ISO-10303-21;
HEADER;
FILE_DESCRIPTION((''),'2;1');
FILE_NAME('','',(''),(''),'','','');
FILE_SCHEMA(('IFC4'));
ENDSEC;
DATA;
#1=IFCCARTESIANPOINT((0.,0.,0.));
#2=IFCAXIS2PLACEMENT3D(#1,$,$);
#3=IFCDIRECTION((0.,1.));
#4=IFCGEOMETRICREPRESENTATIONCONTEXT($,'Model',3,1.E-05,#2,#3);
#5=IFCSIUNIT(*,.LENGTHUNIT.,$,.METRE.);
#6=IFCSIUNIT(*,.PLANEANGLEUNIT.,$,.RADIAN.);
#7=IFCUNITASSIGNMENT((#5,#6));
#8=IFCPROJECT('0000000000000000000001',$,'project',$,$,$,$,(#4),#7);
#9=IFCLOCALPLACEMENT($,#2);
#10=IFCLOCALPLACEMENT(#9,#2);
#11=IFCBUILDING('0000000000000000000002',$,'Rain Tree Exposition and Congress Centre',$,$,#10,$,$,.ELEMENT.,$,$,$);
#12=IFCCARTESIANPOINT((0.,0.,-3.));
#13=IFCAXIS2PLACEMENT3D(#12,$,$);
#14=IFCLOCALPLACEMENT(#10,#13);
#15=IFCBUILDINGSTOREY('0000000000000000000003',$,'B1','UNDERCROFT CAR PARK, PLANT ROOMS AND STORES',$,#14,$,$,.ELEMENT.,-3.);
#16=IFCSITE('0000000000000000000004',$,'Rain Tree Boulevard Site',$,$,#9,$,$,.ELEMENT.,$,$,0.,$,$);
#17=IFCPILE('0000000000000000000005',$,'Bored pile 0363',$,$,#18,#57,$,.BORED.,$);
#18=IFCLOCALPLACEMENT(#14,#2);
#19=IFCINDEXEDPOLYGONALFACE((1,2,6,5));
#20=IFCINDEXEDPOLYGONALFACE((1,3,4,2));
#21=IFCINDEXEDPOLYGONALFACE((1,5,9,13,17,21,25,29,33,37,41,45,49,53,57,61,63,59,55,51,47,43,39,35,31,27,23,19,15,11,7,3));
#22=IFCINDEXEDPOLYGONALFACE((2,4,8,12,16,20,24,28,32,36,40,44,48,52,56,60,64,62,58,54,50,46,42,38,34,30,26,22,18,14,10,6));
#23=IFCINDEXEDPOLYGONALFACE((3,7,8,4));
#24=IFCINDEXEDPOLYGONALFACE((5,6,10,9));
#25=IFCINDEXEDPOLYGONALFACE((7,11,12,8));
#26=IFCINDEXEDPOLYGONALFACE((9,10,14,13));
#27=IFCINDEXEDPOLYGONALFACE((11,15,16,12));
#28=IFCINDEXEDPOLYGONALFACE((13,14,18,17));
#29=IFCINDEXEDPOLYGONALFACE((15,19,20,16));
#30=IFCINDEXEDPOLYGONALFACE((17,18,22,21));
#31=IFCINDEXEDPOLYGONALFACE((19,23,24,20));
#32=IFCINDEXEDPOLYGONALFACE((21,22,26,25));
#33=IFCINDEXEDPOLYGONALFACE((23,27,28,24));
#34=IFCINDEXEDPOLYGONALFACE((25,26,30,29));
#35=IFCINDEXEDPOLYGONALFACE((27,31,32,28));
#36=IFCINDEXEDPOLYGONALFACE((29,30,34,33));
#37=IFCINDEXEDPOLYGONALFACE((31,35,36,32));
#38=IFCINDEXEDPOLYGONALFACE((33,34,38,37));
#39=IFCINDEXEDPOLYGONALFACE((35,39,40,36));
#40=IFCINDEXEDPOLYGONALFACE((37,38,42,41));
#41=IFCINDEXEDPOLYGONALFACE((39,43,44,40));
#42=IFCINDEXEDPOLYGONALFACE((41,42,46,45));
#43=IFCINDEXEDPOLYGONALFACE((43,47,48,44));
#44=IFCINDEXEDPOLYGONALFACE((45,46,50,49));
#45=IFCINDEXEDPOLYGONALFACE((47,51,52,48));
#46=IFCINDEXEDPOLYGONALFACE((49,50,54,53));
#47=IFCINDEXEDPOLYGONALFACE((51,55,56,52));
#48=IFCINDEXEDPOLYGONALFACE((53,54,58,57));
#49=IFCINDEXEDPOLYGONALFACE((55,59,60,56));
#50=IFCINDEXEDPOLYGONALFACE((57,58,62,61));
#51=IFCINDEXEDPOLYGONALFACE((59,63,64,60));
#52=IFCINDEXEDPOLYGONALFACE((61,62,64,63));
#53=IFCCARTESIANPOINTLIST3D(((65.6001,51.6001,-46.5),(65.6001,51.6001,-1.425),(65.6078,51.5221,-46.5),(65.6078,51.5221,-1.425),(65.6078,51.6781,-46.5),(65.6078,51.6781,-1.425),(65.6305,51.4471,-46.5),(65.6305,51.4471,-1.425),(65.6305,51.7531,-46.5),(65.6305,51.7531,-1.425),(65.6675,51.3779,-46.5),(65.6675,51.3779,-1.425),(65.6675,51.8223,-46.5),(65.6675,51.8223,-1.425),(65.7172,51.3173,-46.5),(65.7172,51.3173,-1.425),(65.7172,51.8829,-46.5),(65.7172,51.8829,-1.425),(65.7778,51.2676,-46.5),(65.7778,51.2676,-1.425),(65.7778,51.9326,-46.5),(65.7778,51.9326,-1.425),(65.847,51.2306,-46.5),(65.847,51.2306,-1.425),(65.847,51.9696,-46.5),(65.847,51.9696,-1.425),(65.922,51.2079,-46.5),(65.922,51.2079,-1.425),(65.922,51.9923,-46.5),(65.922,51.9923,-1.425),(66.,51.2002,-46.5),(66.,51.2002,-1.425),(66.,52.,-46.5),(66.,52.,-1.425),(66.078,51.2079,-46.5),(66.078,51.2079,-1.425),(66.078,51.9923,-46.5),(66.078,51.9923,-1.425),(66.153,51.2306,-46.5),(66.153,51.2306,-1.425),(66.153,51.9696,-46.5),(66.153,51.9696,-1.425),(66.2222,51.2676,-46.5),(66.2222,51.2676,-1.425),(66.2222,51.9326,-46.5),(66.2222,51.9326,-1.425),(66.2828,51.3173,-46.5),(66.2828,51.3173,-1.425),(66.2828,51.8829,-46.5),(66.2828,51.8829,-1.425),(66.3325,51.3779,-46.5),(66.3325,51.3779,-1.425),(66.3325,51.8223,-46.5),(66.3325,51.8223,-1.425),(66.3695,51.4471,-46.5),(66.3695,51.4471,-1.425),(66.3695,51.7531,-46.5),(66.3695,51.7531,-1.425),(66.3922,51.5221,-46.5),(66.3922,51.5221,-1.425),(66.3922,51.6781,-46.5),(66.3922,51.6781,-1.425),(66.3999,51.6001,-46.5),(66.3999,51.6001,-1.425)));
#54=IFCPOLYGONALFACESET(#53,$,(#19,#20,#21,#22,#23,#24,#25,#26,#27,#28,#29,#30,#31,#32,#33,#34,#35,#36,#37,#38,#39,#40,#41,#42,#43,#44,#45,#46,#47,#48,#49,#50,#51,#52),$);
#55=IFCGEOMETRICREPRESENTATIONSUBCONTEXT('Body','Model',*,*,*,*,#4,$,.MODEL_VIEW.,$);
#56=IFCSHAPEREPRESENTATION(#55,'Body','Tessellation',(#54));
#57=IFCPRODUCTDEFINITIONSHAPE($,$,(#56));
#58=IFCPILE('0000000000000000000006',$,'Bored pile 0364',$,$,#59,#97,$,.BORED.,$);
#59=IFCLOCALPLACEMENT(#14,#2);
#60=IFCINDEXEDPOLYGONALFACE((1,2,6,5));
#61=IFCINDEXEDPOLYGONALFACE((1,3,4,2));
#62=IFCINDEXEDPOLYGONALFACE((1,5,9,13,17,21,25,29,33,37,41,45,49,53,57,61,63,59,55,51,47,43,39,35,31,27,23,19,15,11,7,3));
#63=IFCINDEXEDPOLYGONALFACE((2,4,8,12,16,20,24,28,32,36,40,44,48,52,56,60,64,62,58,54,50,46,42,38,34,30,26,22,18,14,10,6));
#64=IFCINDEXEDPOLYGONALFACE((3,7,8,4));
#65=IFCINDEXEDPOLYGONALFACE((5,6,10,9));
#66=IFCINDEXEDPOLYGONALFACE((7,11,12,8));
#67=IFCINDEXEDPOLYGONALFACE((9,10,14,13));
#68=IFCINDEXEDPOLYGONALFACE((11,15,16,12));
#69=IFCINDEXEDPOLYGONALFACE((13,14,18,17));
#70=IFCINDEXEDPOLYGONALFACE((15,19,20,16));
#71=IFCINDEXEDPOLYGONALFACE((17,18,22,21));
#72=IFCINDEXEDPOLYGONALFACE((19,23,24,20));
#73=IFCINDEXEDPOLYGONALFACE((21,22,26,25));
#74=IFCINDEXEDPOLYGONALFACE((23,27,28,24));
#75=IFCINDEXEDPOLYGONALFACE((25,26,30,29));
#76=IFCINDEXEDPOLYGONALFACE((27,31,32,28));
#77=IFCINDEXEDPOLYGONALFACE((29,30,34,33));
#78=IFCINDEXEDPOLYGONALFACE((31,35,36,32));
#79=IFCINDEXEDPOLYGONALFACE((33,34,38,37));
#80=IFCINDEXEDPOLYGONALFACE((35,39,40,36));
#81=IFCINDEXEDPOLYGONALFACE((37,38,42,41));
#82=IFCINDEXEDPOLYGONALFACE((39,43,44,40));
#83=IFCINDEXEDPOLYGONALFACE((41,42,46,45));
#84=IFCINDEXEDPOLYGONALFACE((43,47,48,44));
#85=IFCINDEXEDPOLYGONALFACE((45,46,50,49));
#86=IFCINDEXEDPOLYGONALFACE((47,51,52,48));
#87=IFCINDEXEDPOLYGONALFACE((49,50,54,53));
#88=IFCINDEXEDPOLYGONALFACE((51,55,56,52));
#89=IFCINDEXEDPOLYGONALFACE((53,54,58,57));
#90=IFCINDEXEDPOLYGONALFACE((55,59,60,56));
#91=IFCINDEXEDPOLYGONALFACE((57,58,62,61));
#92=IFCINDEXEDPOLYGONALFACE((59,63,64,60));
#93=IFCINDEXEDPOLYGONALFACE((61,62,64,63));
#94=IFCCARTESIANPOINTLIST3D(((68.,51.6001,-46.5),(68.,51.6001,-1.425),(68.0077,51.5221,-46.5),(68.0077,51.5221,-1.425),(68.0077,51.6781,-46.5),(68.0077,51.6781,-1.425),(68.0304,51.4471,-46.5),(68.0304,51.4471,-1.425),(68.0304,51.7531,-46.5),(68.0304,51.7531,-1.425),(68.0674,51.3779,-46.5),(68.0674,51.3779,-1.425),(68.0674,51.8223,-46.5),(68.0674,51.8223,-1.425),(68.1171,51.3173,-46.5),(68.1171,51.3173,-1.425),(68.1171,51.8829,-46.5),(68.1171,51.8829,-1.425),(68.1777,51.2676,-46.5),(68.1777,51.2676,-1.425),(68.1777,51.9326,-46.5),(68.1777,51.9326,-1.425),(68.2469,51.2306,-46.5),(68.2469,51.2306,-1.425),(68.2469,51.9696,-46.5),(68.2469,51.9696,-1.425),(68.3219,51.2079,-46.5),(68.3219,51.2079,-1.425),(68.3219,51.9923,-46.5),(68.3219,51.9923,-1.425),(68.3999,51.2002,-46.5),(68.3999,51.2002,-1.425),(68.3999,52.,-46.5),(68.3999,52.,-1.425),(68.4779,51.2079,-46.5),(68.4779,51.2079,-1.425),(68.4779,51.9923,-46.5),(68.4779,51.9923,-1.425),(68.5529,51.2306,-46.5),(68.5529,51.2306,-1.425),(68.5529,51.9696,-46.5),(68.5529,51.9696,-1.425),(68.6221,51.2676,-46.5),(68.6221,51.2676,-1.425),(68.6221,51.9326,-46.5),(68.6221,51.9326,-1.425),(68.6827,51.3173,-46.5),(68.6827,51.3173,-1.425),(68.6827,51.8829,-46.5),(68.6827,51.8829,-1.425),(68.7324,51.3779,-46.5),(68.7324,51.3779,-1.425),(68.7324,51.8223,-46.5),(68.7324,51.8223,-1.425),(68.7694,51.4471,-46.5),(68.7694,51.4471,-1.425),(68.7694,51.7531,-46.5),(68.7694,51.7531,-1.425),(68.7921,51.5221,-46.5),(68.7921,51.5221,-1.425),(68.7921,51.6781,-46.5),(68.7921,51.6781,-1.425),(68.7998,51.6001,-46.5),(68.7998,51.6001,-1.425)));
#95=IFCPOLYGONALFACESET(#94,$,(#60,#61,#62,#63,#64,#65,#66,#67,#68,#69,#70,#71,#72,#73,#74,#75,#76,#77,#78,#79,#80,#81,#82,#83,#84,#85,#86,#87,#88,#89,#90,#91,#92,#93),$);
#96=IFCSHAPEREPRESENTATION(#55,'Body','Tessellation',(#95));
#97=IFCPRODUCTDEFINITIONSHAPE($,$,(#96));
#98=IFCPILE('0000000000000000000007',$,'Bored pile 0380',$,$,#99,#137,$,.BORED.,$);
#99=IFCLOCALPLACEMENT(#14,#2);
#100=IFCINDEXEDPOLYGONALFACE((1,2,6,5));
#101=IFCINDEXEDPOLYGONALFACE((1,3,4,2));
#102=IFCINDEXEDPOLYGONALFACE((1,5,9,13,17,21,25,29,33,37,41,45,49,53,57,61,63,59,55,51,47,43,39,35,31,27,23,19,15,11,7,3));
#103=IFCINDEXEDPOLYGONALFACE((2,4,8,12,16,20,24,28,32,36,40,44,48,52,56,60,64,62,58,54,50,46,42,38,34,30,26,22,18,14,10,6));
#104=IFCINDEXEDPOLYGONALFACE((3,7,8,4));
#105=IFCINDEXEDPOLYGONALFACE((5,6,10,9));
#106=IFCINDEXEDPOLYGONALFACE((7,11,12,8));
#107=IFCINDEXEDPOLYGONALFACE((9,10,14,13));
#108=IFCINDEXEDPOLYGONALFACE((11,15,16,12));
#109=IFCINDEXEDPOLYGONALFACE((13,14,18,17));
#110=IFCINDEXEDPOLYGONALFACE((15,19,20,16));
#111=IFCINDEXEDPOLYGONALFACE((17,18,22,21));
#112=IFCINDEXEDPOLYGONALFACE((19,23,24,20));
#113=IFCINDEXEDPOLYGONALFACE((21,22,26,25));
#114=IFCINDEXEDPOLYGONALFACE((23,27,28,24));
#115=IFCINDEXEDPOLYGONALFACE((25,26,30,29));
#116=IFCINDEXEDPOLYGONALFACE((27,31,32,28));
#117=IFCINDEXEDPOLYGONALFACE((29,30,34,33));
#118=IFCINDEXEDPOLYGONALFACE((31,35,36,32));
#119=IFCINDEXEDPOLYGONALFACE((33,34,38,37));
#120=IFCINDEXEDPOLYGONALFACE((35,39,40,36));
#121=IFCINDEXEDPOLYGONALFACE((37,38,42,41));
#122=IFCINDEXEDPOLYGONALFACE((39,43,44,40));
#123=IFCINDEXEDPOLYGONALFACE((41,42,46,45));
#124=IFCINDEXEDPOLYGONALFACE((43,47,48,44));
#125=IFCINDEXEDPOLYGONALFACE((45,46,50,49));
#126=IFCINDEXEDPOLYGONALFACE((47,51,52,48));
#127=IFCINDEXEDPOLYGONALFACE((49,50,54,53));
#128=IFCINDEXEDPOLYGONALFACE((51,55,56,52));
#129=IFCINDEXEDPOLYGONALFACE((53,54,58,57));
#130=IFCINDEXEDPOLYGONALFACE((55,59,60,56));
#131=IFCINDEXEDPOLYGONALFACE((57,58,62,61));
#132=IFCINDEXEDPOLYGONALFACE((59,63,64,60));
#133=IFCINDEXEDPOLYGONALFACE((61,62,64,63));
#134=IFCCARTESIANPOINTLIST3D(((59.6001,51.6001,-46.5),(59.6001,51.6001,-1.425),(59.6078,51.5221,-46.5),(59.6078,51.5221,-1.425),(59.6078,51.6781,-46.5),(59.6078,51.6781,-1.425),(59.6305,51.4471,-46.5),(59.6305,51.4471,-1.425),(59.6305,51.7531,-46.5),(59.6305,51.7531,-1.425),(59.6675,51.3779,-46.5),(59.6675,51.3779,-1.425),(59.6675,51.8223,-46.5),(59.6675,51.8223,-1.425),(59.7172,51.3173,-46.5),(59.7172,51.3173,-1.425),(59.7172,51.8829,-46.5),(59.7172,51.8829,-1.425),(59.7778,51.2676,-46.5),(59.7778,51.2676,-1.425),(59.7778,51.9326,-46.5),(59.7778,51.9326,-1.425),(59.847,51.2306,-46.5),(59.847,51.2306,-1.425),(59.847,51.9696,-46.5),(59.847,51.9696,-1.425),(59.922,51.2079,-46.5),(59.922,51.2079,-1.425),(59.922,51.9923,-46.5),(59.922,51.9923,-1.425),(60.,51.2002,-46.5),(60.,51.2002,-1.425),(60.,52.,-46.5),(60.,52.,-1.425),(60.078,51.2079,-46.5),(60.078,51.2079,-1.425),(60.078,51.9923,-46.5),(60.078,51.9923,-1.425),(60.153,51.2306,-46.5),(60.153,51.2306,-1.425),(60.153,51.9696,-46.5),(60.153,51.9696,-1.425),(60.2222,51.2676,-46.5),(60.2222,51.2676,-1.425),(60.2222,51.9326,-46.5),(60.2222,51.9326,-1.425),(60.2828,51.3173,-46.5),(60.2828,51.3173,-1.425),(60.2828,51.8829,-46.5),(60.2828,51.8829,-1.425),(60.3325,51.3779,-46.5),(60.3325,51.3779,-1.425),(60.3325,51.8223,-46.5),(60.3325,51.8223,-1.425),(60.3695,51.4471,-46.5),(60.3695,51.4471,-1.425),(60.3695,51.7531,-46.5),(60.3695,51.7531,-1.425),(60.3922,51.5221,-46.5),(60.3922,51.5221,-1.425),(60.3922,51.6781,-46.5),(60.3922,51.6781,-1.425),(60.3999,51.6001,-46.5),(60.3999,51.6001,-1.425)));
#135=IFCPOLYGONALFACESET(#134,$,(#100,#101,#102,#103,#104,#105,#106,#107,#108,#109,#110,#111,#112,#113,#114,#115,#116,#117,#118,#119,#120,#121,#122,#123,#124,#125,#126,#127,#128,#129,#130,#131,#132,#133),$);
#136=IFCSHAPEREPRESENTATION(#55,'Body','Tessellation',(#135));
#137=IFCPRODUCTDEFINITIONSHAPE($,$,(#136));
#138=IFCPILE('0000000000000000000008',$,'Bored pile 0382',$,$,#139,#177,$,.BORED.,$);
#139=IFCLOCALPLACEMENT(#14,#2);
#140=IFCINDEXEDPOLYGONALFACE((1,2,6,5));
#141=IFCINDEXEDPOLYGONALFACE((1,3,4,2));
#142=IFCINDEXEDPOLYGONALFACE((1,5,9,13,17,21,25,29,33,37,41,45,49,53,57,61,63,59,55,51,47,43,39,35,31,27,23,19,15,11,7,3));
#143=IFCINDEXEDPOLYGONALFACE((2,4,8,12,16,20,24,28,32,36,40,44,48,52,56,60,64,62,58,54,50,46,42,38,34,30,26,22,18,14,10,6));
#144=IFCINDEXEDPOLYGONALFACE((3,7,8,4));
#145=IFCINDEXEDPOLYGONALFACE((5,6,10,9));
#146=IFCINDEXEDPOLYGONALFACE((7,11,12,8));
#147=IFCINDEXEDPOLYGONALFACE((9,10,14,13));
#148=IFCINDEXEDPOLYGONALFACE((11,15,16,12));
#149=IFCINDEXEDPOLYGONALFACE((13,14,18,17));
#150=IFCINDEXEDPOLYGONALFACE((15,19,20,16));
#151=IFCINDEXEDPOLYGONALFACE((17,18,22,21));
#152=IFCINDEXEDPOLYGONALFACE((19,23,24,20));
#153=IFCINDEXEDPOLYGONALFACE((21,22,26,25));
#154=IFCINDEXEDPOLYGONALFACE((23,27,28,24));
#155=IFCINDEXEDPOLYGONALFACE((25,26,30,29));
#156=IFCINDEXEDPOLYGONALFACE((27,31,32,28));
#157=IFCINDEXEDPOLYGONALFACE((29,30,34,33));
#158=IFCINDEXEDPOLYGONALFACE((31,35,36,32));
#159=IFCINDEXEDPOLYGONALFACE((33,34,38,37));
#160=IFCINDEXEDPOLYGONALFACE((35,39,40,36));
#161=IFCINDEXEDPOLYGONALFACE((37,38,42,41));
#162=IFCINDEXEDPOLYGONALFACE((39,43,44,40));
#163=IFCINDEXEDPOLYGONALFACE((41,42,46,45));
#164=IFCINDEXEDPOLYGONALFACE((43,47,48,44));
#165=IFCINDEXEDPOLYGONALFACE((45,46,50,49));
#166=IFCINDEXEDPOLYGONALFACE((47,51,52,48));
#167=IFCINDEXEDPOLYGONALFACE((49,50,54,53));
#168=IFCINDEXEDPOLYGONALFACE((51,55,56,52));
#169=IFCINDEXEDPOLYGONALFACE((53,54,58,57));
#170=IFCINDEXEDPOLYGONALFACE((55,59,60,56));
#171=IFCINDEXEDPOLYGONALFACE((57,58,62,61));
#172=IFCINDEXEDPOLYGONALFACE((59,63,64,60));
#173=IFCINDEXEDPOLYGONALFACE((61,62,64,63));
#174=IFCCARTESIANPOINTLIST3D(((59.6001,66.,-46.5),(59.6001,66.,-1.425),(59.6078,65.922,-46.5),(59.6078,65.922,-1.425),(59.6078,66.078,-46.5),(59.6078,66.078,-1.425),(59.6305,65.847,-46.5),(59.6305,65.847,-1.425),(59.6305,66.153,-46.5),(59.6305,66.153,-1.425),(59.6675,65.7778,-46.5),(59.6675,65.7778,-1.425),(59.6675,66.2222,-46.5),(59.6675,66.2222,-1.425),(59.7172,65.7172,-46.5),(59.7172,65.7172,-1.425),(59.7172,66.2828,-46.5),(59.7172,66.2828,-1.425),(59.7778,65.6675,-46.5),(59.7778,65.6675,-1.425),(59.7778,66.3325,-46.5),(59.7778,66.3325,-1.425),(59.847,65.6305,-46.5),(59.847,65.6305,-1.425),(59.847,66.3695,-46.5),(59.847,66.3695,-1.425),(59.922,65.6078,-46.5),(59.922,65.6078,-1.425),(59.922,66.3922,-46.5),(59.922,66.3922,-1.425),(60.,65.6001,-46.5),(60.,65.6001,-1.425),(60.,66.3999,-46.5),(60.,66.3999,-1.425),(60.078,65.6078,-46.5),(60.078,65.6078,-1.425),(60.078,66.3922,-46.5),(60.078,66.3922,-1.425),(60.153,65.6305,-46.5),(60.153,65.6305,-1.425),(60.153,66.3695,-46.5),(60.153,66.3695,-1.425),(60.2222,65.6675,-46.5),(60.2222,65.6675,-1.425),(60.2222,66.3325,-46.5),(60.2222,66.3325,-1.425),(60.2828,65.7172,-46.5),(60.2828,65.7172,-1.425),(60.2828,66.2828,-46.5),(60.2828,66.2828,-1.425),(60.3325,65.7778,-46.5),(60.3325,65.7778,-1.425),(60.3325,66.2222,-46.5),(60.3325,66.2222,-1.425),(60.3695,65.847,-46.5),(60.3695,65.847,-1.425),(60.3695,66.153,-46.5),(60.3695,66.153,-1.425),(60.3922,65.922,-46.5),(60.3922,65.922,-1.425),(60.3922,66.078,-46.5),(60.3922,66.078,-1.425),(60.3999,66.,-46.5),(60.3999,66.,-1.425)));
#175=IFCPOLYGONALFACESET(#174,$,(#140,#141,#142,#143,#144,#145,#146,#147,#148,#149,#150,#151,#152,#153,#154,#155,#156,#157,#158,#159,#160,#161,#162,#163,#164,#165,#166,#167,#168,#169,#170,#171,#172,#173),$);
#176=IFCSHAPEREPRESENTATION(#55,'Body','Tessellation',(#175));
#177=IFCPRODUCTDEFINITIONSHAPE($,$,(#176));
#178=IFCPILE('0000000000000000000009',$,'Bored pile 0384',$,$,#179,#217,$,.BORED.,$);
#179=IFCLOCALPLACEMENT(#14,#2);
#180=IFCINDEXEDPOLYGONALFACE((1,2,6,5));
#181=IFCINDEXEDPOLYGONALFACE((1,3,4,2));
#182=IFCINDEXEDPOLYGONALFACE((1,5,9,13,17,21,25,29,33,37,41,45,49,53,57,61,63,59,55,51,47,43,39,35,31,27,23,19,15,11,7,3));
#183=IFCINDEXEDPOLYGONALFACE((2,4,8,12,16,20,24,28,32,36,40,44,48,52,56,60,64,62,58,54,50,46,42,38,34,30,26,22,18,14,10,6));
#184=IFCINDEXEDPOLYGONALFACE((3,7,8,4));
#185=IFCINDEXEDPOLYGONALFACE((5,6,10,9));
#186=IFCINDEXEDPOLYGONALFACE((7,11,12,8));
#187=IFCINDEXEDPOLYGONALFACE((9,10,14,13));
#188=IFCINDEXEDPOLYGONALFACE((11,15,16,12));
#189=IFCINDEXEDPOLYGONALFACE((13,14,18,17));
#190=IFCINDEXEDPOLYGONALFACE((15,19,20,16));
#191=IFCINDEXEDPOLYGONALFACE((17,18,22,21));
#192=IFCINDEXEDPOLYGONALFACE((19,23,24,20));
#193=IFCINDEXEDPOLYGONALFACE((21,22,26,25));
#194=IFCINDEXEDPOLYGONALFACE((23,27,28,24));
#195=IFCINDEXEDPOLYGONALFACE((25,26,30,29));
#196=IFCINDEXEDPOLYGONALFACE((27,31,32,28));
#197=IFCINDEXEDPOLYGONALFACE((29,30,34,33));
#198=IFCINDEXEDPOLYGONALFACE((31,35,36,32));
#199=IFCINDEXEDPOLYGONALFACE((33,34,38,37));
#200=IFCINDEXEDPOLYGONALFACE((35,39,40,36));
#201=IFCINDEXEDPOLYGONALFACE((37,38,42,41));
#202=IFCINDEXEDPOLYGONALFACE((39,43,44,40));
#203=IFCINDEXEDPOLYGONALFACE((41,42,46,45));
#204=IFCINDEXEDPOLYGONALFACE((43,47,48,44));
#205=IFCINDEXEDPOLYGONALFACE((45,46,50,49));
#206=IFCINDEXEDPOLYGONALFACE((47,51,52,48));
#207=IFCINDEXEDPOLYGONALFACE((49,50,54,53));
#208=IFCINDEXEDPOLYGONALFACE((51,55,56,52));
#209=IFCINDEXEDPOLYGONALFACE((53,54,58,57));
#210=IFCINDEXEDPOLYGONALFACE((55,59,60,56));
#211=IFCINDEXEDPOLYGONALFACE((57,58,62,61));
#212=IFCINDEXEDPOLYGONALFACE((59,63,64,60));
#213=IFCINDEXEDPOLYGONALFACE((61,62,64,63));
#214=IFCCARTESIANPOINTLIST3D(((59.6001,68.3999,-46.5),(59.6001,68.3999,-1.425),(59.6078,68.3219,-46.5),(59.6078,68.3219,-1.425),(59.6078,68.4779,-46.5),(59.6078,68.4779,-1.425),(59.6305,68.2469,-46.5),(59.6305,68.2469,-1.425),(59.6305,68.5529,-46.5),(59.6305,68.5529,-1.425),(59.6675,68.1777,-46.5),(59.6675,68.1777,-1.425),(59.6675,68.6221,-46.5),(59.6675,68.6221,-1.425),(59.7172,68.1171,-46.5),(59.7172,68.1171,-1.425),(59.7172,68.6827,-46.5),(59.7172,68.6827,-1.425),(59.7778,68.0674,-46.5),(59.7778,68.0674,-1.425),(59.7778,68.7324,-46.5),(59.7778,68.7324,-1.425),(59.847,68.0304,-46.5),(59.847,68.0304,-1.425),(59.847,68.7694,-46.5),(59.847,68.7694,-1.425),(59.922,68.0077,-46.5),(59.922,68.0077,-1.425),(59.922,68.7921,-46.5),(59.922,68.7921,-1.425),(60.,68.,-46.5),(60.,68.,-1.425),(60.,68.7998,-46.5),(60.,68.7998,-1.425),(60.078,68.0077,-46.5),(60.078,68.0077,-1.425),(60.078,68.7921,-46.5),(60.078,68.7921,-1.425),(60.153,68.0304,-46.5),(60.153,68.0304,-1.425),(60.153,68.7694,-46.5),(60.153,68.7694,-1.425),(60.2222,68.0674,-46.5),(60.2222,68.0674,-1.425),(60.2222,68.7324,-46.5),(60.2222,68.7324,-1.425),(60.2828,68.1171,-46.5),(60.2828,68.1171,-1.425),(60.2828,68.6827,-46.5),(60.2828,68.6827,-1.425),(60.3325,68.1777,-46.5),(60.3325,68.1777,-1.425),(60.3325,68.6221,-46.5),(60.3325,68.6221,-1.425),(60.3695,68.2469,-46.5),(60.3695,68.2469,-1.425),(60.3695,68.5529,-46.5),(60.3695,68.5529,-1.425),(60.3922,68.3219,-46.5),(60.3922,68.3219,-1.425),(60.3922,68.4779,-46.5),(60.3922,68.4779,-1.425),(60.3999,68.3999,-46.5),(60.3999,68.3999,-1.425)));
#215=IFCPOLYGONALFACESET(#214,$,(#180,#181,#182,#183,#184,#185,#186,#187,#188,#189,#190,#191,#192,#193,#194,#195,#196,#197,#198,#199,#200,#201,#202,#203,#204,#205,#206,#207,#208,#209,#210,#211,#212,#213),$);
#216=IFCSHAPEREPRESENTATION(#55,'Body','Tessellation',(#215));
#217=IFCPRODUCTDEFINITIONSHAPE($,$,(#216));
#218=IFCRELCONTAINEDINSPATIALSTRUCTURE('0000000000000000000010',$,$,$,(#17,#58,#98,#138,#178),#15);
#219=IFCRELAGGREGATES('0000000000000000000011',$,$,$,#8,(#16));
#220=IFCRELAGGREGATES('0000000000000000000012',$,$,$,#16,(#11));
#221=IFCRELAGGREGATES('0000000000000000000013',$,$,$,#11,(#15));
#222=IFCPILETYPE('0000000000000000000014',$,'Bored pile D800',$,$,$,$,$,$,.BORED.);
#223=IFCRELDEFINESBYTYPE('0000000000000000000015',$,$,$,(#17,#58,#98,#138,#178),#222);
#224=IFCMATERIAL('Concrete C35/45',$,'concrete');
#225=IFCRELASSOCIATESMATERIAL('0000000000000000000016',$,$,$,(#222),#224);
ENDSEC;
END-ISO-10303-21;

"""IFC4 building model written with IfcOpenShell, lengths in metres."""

from ifc_helpers import new_model, si_unit, direction, frame, origin, origin_2d, place, context, subcontext, project, spatial, circle, extrude, material, material_profile, profile_set, type_object, element, save


model = new_model("IFC4")

# Units and contexts
model_context = context("Model", 3, precision=1e-05, world=origin(), true_north=direction((0.0, 1.0)))
body_context = subcontext(model_context, "Body", "Model", "MODEL_VIEW")
ifc_project = project(units=[si_unit("LENGTHUNIT", "METRE"), si_unit("PLANEANGLEUNIT", "RADIAN")], contexts=[model_context])

# Site, building, storey
site_placement = place(None, origin())
site = spatial("IfcSite", under=ifc_project, at=site_placement, Name="Rain Tree Boulevard Site", CompositionType="ELEMENT", RefElevation=0.0)
building_placement = place(site_placement, origin())
building = spatial("IfcBuilding", under=site, at=building_placement, Name="Rain Tree Exposition and Congress Centre", CompositionType="ELEMENT")
storey_placement = place(building_placement, frame((0.0, 0.0, -3.0)))
storey = spatial("IfcBuildingStorey", under=building, at=storey_placement, Name="B1", Description="UNDERCROFT CAR PARK, PLANT ROOMS AND STORES", CompositionType="ELEMENT", Elevation=-3.0)

# Piles
ifc_material_1 = material(Name="Concrete C35/45", Category="concrete")
ifc_material_profile_1 = material_profile(ifc_material_1, circle(Radius=0.3999, at=origin_2d()), Name="D800")
ifc_profile_set_1 = profile_set([ifc_material_profile_1], Name="Concrete C35/45")
pile_type_1 = type_object("IfcPileType", Name="Bored pile D800", PredefinedType="BORED", material=ifc_profile_set_1)
for number, where, z_axis, x_axis, name in (
    (1, (66.0, 51.6001, -1.425), (0.0, 0.0, -1.0), (1.0, 0.0, 0.0), "Bored pile 0363"),
    (2, (68.3999, 51.6001, -1.425), (0.0, 0.0, -1.0), (1.0, 0.0, 0.0), "Bored pile 0364"),
    (3, (60.0, 51.6001, -1.425), (0.0, 0.0, -1.0), (1.0, 0.0, 0.0), "Bored pile 0380"),
    (4, (60.0, 66.0, -1.425), (0.0, 0.0, -1.0), (1.0, 0.0, 0.0), "Bored pile 0382"),
    (5, (60.0, 68.3999, -1.425), (0.0, 0.0, -1.0), (1.0, 0.0, 0.0), "Bored pile 0384"),
):
    element("IfcPile", number, at=place(storey_placement, frame(where, z_axis=z_axis, x_axis=x_axis)), inside=storey, type_object=pile_type_1, Name=name, PredefinedType="BORED", context=body_context, shape_type="SweptSolid", body=[
        extrude(circle(Radius=0.3999, at=origin_2d()), origin(), (0.0, 0.0, 1.0), 45.075),
    ])

save(model, "model.ifc")
